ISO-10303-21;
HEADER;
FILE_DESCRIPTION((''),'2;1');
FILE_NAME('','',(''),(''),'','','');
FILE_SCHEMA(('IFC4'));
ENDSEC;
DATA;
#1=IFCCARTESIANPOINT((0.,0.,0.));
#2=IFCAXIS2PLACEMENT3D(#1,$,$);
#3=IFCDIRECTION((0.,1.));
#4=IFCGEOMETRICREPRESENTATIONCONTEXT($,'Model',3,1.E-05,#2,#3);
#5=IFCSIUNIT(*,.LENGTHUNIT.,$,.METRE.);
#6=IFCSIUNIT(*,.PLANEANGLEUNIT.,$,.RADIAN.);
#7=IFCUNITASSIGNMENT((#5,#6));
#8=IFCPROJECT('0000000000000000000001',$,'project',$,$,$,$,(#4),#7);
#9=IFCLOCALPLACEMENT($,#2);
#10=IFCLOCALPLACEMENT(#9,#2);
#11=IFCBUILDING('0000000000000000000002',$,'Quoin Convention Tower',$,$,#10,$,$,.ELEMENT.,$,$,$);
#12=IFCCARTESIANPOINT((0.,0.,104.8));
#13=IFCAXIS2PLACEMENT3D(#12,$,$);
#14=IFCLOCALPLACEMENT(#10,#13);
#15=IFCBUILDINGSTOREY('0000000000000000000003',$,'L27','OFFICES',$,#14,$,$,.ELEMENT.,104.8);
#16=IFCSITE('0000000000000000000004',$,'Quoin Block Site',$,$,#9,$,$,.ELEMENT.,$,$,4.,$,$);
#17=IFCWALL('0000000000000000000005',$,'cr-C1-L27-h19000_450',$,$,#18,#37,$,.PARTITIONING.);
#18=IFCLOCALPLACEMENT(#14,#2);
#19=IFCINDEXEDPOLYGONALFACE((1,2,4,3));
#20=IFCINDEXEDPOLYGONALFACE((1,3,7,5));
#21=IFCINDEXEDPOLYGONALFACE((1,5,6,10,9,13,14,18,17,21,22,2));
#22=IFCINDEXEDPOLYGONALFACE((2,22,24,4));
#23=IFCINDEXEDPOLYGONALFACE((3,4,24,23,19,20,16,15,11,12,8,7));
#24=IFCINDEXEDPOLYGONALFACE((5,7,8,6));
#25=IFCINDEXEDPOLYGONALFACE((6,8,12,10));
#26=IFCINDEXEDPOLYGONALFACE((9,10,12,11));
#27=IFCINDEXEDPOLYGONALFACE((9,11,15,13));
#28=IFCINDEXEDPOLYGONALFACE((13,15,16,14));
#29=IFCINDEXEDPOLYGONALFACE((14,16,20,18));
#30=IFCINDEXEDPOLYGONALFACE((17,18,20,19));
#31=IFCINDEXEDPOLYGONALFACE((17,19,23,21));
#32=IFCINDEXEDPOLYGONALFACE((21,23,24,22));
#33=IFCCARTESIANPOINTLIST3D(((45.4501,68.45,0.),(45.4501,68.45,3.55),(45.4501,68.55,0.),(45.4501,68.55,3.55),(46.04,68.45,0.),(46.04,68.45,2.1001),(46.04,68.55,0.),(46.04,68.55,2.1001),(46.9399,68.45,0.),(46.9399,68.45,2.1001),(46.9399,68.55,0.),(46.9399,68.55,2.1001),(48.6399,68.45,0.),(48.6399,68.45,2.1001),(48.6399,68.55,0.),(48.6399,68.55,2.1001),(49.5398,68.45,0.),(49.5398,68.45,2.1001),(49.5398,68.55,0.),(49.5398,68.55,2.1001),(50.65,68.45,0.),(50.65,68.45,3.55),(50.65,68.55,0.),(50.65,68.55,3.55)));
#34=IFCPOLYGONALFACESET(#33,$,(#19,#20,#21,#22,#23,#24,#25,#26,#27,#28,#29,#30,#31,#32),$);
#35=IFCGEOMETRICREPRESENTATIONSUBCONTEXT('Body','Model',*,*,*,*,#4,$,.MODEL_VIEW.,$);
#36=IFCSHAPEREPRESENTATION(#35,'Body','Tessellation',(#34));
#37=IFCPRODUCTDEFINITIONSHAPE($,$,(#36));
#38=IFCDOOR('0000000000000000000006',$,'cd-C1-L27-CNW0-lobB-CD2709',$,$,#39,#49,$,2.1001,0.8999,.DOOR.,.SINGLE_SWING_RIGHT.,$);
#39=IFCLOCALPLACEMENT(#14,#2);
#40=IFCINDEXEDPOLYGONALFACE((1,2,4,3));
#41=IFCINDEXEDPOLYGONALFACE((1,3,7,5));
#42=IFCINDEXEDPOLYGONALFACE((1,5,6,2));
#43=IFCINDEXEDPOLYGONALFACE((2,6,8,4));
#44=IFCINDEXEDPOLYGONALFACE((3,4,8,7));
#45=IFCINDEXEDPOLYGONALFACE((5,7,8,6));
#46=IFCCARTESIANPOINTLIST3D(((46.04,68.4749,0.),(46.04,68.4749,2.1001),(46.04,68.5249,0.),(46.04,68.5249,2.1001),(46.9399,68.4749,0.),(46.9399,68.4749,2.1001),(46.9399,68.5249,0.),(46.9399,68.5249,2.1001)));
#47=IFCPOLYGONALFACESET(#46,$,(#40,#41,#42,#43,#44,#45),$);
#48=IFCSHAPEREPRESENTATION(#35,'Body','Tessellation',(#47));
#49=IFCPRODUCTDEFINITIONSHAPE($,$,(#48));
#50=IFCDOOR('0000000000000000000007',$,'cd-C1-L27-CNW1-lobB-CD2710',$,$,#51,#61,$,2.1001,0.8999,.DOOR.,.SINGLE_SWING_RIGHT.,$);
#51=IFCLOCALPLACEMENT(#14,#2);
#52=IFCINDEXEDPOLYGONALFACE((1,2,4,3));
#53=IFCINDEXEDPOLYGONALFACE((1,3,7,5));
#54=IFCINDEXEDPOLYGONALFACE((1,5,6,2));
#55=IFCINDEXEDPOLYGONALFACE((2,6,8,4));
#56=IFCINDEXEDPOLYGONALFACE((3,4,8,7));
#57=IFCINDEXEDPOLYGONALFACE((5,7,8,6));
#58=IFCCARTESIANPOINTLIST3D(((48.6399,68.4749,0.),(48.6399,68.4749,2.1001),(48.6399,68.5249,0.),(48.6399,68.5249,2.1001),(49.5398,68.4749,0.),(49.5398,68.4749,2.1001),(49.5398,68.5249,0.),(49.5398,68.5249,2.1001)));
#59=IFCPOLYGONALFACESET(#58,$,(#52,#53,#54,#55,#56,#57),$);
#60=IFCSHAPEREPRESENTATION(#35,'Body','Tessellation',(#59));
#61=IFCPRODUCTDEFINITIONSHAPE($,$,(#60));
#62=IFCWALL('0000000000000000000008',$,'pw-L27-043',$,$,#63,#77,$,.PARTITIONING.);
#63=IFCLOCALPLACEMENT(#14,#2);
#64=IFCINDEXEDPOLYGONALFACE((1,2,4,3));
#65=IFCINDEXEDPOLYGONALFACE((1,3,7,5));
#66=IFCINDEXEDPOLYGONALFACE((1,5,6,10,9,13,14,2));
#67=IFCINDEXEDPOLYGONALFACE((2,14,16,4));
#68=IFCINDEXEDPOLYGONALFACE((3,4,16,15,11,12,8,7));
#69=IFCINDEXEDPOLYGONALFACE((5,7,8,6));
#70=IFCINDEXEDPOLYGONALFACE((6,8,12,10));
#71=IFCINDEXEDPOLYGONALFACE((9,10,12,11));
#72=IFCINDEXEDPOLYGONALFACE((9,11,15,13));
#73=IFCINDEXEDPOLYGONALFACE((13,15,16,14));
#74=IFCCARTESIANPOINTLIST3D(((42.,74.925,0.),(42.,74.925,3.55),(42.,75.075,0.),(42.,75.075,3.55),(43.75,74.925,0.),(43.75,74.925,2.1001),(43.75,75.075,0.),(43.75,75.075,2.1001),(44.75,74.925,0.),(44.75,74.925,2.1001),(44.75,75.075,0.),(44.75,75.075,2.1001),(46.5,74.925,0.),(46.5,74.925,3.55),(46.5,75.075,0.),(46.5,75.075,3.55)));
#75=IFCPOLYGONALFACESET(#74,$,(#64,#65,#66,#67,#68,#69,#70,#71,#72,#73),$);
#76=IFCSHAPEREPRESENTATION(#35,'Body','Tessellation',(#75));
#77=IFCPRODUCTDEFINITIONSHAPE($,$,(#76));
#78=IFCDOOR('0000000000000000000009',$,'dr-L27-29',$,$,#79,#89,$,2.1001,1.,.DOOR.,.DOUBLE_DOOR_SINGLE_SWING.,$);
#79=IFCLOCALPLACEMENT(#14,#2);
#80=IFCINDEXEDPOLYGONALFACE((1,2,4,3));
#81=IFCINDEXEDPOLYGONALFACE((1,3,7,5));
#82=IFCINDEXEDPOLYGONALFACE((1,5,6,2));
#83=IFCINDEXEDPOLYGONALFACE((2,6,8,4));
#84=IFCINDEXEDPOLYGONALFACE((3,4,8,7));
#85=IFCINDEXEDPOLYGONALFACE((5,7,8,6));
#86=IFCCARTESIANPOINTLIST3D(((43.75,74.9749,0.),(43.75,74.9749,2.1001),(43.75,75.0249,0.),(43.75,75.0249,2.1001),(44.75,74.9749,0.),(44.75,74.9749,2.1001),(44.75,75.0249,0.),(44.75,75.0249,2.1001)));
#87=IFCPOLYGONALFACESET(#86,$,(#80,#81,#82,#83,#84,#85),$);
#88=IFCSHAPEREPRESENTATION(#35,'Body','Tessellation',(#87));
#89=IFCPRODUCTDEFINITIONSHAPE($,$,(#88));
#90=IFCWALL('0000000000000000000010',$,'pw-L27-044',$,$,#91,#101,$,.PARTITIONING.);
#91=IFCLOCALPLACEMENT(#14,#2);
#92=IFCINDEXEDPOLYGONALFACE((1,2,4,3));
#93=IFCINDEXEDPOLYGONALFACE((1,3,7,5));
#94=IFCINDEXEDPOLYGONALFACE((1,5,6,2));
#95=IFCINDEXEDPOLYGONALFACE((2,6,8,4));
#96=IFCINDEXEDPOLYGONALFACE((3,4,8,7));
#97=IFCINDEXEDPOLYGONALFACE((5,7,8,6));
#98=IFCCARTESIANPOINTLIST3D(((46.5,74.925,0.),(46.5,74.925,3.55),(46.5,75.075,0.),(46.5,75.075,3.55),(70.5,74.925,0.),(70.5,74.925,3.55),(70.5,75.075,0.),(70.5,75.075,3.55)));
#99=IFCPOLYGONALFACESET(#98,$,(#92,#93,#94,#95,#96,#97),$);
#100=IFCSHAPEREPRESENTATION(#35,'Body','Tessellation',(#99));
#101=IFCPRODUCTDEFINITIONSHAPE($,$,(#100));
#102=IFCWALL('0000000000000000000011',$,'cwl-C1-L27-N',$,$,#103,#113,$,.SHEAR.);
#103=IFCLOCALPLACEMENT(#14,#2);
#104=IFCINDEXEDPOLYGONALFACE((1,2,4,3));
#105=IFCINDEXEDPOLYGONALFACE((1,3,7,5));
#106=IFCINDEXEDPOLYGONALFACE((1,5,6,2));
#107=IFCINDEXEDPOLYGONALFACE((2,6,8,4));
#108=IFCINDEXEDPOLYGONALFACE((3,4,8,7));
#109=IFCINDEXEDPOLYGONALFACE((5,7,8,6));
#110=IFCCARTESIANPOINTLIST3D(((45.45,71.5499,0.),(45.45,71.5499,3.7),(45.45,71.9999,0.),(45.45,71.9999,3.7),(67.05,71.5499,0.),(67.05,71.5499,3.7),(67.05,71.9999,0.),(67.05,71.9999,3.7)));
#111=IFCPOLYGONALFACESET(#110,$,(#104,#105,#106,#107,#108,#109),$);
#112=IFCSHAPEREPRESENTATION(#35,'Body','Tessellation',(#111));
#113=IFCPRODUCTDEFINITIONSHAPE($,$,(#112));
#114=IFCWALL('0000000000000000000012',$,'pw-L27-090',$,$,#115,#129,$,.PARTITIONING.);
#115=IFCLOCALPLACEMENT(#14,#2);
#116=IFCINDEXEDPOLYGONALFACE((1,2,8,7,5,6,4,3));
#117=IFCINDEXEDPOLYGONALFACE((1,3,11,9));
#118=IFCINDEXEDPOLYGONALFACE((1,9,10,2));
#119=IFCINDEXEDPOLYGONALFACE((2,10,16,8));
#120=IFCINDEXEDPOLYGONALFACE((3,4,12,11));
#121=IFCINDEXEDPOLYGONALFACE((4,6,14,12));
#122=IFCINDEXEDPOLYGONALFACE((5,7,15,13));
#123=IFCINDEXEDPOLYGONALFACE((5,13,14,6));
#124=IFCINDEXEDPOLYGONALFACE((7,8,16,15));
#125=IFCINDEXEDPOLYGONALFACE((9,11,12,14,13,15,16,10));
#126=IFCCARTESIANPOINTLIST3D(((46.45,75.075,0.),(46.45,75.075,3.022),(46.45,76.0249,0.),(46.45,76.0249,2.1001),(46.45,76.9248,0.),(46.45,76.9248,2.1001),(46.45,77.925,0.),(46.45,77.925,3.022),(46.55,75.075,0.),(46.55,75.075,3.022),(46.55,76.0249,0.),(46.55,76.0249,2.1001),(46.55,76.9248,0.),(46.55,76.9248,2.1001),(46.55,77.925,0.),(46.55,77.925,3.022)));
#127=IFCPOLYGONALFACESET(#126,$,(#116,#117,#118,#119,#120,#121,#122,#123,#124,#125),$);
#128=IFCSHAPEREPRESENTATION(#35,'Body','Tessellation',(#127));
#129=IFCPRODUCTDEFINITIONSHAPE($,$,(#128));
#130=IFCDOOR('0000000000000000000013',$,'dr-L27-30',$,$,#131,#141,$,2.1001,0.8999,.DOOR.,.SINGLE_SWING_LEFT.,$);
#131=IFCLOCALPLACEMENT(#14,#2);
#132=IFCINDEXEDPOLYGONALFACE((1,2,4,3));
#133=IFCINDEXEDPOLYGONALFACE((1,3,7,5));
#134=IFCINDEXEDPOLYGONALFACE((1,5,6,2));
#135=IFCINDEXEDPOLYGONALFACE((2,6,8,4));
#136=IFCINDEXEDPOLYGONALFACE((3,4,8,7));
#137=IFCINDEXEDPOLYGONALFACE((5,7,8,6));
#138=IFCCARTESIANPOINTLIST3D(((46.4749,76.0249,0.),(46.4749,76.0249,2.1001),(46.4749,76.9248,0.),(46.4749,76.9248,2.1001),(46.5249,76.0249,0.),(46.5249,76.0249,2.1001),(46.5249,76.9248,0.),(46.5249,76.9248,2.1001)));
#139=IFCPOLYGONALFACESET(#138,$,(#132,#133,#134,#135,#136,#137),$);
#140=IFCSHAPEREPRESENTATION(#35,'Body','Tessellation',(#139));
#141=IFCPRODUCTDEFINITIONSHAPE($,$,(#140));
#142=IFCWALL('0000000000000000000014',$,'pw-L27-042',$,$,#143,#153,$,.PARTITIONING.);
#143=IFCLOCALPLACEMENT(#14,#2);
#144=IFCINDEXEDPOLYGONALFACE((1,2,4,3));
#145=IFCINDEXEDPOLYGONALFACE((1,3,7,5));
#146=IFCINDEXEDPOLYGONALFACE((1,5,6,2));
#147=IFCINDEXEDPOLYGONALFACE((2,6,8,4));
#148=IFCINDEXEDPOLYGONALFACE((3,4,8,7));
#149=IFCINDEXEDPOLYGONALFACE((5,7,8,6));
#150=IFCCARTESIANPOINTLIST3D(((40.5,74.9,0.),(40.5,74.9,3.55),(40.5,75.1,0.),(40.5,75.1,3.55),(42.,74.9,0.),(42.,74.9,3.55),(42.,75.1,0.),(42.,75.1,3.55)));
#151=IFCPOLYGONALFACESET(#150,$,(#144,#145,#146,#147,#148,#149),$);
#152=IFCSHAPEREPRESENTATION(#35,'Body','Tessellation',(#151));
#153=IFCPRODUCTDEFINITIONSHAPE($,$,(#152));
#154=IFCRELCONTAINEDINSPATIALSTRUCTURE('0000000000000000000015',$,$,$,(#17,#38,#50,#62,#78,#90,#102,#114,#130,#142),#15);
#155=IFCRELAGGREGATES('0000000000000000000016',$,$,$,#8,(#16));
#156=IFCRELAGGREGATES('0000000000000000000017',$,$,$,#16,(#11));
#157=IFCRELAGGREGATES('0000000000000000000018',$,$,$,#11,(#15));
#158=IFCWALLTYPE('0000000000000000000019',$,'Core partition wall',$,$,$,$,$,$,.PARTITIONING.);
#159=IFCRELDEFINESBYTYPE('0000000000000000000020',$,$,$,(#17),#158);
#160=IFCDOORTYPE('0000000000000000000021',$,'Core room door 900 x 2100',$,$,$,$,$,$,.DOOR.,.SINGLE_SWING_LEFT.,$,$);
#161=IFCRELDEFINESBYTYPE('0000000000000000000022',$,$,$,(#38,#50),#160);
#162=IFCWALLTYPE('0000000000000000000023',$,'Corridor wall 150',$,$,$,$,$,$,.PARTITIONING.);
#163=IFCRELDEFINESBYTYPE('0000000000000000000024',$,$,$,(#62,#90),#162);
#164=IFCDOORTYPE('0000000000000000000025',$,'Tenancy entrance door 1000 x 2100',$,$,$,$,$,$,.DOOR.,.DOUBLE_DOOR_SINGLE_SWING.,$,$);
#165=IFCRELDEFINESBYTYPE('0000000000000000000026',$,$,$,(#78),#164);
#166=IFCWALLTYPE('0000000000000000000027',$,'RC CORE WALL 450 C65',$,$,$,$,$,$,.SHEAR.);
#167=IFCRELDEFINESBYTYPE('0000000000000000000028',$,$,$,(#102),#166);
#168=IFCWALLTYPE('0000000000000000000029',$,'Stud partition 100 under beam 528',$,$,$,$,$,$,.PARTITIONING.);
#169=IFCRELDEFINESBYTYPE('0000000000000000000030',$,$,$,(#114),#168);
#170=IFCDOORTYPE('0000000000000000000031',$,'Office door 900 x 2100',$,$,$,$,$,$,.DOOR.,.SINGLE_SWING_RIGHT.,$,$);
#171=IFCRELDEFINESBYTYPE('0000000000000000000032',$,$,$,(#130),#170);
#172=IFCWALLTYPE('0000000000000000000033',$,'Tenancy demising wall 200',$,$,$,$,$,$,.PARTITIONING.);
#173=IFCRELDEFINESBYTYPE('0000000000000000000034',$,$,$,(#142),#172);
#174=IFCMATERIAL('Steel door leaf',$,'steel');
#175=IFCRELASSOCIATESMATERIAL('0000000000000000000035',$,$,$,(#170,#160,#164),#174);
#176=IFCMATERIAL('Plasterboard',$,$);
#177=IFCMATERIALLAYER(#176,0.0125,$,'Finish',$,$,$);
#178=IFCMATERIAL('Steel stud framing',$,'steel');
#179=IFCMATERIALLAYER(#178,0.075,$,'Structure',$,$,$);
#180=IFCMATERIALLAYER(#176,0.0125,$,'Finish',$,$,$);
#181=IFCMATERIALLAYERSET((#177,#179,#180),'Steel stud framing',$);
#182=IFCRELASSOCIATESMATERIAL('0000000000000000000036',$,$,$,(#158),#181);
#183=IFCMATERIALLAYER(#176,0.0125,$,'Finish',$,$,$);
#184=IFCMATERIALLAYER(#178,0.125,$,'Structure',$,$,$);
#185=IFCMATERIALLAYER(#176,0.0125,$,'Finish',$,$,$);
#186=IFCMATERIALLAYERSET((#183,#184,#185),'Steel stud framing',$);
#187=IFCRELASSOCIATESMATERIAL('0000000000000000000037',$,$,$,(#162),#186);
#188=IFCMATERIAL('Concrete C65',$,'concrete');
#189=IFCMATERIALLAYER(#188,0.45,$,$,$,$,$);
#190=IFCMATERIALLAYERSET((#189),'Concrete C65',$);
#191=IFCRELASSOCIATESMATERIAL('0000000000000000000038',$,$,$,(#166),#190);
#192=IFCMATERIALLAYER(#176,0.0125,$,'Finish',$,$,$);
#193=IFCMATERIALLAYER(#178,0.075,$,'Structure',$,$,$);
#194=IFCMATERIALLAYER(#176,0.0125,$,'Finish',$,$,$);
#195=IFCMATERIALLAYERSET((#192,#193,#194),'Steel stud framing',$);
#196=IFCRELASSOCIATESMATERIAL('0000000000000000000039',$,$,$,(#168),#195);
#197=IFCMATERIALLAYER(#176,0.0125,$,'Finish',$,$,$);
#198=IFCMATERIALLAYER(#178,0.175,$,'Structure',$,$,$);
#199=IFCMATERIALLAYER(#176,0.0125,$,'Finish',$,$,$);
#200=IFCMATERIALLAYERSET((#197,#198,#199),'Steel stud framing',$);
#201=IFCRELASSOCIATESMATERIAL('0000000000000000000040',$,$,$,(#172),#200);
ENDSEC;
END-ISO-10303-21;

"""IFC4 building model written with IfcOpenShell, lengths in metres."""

from ifc_helpers import new_model, si_unit, direction, frame, frame_2d, origin, place, context, subcontext, project, spatial, rectangle, extrude, material, layer, layer_set, type_object, element, fill, save


model = new_model("IFC4")

# Units and contexts
model_context = context("Model", 3, precision=1e-05, world=origin(), true_north=direction((0.0, 1.0)))
body_context = subcontext(model_context, "Body", "Model", "MODEL_VIEW")
ifc_project = project(units=[si_unit("LENGTHUNIT", "METRE"), si_unit("PLANEANGLEUNIT", "RADIAN")], contexts=[model_context])

# Site, building, storey
site_placement = place(None, origin())
site = spatial("IfcSite", under=ifc_project, at=site_placement, Name="Quoin Block Site", CompositionType="ELEMENT", RefElevation=4.0)
building_placement = place(site_placement, origin())
building = spatial("IfcBuilding", under=site, at=building_placement, Name="Quoin Convention Tower", CompositionType="ELEMENT")
storey_placement = place(building_placement, frame((0.0, 0.0, 104.8)))
storey = spatial("IfcBuildingStorey", under=building, at=storey_placement, Name="L27", Description="OFFICES", CompositionType="ELEMENT", Elevation=104.8)

# Shared definitions
ifc_material_1 = material(Name="Concrete C65", Category="concrete")

# Shared definitions
ifc_material_2 = material(Name="Plasterboard")
ifc_material_3 = material(Name="Steel stud framing", Category="steel")

# Shared definitions
ifc_material_4 = material(Name="Steel door leaf", Category="steel")
door_type_1 = type_object("IfcDoorType", Name="Office door 900 x 2100", OperationType="SINGLE_SWING_RIGHT", PredefinedType="DOOR", material=ifc_material_4)

# Wall, openings, doors
ifc_layer_1 = layer(ifc_material_2, 0.0125, Name="Finish")
ifc_layer_2 = layer(ifc_material_3, 0.075, Name="Structure")
ifc_layer_3 = layer(ifc_material_2, 0.0125, Name="Finish")
ifc_layer_set_1 = layer_set([ifc_layer_1, ifc_layer_2, ifc_layer_3], Name="Steel stud framing")
wall_type_1 = type_object("IfcWallType", Name="Core partition wall", PredefinedType="PARTITIONING", material=ifc_layer_set_1)
wall_1_placement = place(storey_placement, frame((45.45, 68.5, 0.0), z_axis=(0.0, 0.0, 1.0), x_axis=(1.0, 0.0, 0.0)))
wall_1 = element("IfcWall", 1, at=wall_1_placement, inside=storey, type_object=wall_type_1, Name="cr-C1-L27-h19000_450", PredefinedType="PARTITIONING", context=body_context, shape_type="SweptSolid", body=[
    extrude(rectangle(XDim=5.2, YDim=0.1001, at=frame_2d((2.6001, 0.0))), origin(), (0.0, 0.0, 1.0), 3.55),
])
opening_1_placement = place(wall_1_placement, frame((0.5901, 0.0, 0.0)))
opening_1 = element("IfcOpeningElement", 2, at=opening_1_placement, cuts=wall_1, PredefinedType="OPENING", context=body_context, shape_type="SweptSolid", body=[
    extrude(rectangle(XDim=0.8999, YDim=2.1001, at=frame_2d((0.45, 1.05))), frame((0.0, 0.0601, 0.0), z_axis=(0.0, -1.0, 0.0), x_axis=(1.0, 0.0, 0.0)), (0.0, 0.0, 1.0), 0.1201),
])
opening_2_placement = place(wall_1_placement, frame((3.1899, 0.0, 0.0)))
opening_2 = element("IfcOpeningElement", 3, at=opening_2_placement, cuts=wall_1, PredefinedType="OPENING", context=body_context, shape_type="SweptSolid", body=[
    extrude(rectangle(XDim=0.8999, YDim=2.1001, at=frame_2d((0.45, 1.05))), frame((0.0, 0.0601, 0.0), z_axis=(0.0, -1.0, 0.0), x_axis=(1.0, 0.0, 0.0)), (0.0, 0.0, 1.0), 0.1201),
])
door_type_2 = type_object("IfcDoorType", Name="Core room door 900 x 2100", OperationType="SINGLE_SWING_LEFT", PredefinedType="DOOR", material=ifc_material_4)
door_1_placement = place(opening_1_placement, origin())
door_1 = element("IfcDoor", 4, at=door_1_placement, inside=storey, type_object=door_type_2, Name="cd-C1-L27-CNW0-lobB-CD2709", OperationType="SINGLE_SWING_RIGHT", OverallHeight=2.1001, OverallWidth=0.8999, PredefinedType="DOOR", context=body_context, shape_type="SweptSolid", body=[
    extrude(rectangle(XDim=0.8999, YDim=2.1001, at=frame_2d((0.45, 1.05))), frame((0.0, 0.0249, 0.0), z_axis=(0.0, -1.0, 0.0), x_axis=(1.0, 0.0, 0.0)), (0.0, 0.0, 1.0), 0.05),
])
fill(opening_1, door_1)
door_2_placement = place(opening_2_placement, origin())
door_2 = element("IfcDoor", 5, at=door_2_placement, inside=storey, type_object=door_type_2, Name="cd-C1-L27-CNW1-lobB-CD2710", OperationType="SINGLE_SWING_RIGHT", OverallHeight=2.1001, OverallWidth=0.8999, PredefinedType="DOOR", context=body_context, shape_type="SweptSolid", body=[
    extrude(rectangle(XDim=0.8999, YDim=2.1001, at=frame_2d((0.45, 1.05))), frame((0.0, 0.0249, 0.0), z_axis=(0.0, -1.0, 0.0), x_axis=(1.0, 0.0, 0.0)), (0.0, 0.0, 1.0), 0.05),
])
fill(opening_2, door_2)

# Wall, opening, door
ifc_layer_4 = layer(ifc_material_2, 0.0125, Name="Finish")
ifc_layer_5 = layer(ifc_material_3, 0.125, Name="Structure")
ifc_layer_6 = layer(ifc_material_2, 0.0125, Name="Finish")
ifc_layer_set_2 = layer_set([ifc_layer_4, ifc_layer_5, ifc_layer_6], Name="Steel stud framing")
wall_type_2 = type_object("IfcWallType", Name="Corridor wall 150", PredefinedType="PARTITIONING", material=ifc_layer_set_2)
wall_2_placement = place(storey_placement, frame((42.0, 75.0, 0.0), z_axis=(0.0, 0.0, 1.0), x_axis=(1.0, 0.0, 0.0)))
wall_2 = element("IfcWall", 6, at=wall_2_placement, inside=storey, type_object=wall_type_2, Name="pw-L27-043", PredefinedType="PARTITIONING", context=body_context, shape_type="SweptSolid", body=[
    extrude(rectangle(XDim=4.5, YDim=0.1499, at=frame_2d((2.25, 0.0))), origin(), (0.0, 0.0, 1.0), 3.55),
])
opening_3_placement = place(wall_2_placement, frame((1.75, 0.0, 0.0)))
opening_3 = element("IfcOpeningElement", 7, at=opening_3_placement, cuts=wall_2, PredefinedType="OPENING", context=body_context, shape_type="SweptSolid", body=[
    extrude(rectangle(XDim=1.0, YDim=2.1001, at=frame_2d((0.5, 1.05))), frame((0.0, 0.085, 0.0), z_axis=(0.0, -1.0, 0.0), x_axis=(1.0, 0.0, 0.0)), (0.0, 0.0, 1.0), 0.1699),
])
door_type_3 = type_object("IfcDoorType", Name="Tenancy entrance door 1000 x 2100", OperationType="DOUBLE_DOOR_SINGLE_SWING", PredefinedType="DOOR", material=ifc_material_4)
door_3_placement = place(opening_3_placement, origin())
door_3 = element("IfcDoor", 8, at=door_3_placement, inside=storey, type_object=door_type_3, Name="dr-L27-29", OperationType="DOUBLE_DOOR_SINGLE_SWING", OverallHeight=2.1001, OverallWidth=1.0, PredefinedType="DOOR", context=body_context, shape_type="SweptSolid", body=[
    extrude(rectangle(XDim=1.0, YDim=2.1001, at=frame_2d((0.5, 1.05))), frame((0.0, 0.0249, 0.0), z_axis=(0.0, -1.0, 0.0), x_axis=(1.0, 0.0, 0.0)), (0.0, 0.0, 1.0), 0.05),
])
fill(opening_3, door_3)

# Walls
wall_3_placement = place(storey_placement, frame((46.5, 75.0, 0.0), z_axis=(0.0, 0.0, 1.0), x_axis=(1.0, 0.0, 0.0)))
element("IfcWall", 9, at=wall_3_placement, inside=storey, type_object=wall_type_2, Name="pw-L27-044", PredefinedType="PARTITIONING", context=body_context, shape_type="SweptSolid", body=[
    extrude(rectangle(XDim=24.0, YDim=0.1499, at=frame_2d((12.0, 0.0))), origin(), (0.0, 0.0, 1.0), 3.55),
])
ifc_layer_7 = layer(ifc_material_1, 0.45)
ifc_layer_set_3 = layer_set([ifc_layer_7], Name="Concrete C65")
wall_type_3 = type_object("IfcWallType", Name="RC CORE WALL 450 C65", PredefinedType="SHEAR", material=ifc_layer_set_3)
wall_4_placement = place(storey_placement, frame((45.45, 71.7749, 0.0), z_axis=(0.0, 0.0, 1.0), x_axis=(1.0, 0.0, 0.0)))
element("IfcWall", 10, at=wall_4_placement, inside=storey, type_object=wall_type_3, Name="cwl-C1-L27-N", PredefinedType="SHEAR", context=body_context, shape_type="SweptSolid", body=[
    extrude(rectangle(XDim=21.6001, YDim=0.45, at=frame_2d((10.8, 0.0))), origin(), (0.0, 0.0, 1.0), 3.7),
])

# Wall, opening, door
ifc_layer_8 = layer(ifc_material_2, 0.0125, Name="Finish")
ifc_layer_9 = layer(ifc_material_3, 0.075, Name="Structure")
ifc_layer_10 = layer(ifc_material_2, 0.0125, Name="Finish")
ifc_layer_set_4 = layer_set([ifc_layer_8, ifc_layer_9, ifc_layer_10], Name="Steel stud framing")
wall_type_4 = type_object("IfcWallType", Name="Stud partition 100 under beam 528", PredefinedType="PARTITIONING", material=ifc_layer_set_4)
wall_5_placement = place(storey_placement, frame((46.5, 75.075, 0.0), z_axis=(0.0, 0.0, 1.0), x_axis=(0.0, 1.0, 0.0)))
wall_5 = element("IfcWall", 11, at=wall_5_placement, inside=storey, type_object=wall_type_4, Name="pw-L27-090", PredefinedType="PARTITIONING", context=body_context, shape_type="SweptSolid", body=[
    extrude(rectangle(XDim=2.8501, YDim=0.1001, at=frame_2d((1.425, 0.0))), origin(), (0.0, 0.0, 1.0), 3.022),
])
opening_4_placement = place(wall_5_placement, frame((0.95, 0.0, 0.0)))
opening_4 = element("IfcOpeningElement", 12, at=opening_4_placement, cuts=wall_5, PredefinedType="OPENING", context=body_context, shape_type="SweptSolid", body=[
    extrude(rectangle(XDim=0.8999, YDim=2.1001, at=frame_2d((0.45, 1.05))), frame((0.0, 0.0601, 0.0), z_axis=(0.0, -1.0, 0.0), x_axis=(1.0, 0.0, 0.0)), (0.0, 0.0, 1.0), 0.1201),
])
door_4_placement = place(opening_4_placement, frame((0.8999, 0.0, 0.0), z_axis=(0.0, 0.0, 1.0), x_axis=(-1.0, 0.0, 0.0)))
door_4 = element("IfcDoor", 13, at=door_4_placement, inside=storey, type_object=door_type_1, Name="dr-L27-30", OperationType="SINGLE_SWING_LEFT", OverallHeight=2.1001, OverallWidth=0.8999, PredefinedType="DOOR", context=body_context, shape_type="SweptSolid", body=[
    extrude(rectangle(XDim=0.8999, YDim=2.1001, at=frame_2d((0.45, 1.05))), frame((0.0, 0.0249, 0.0), z_axis=(0.0, -1.0, 0.0), x_axis=(1.0, 0.0, 0.0)), (0.0, 0.0, 1.0), 0.05),
])
fill(opening_4, door_4)

# Wall
ifc_layer_11 = layer(ifc_material_2, 0.0125, Name="Finish")
ifc_layer_12 = layer(ifc_material_3, 0.175, Name="Structure")
ifc_layer_13 = layer(ifc_material_2, 0.0125, Name="Finish")
ifc_layer_set_5 = layer_set([ifc_layer_11, ifc_layer_12, ifc_layer_13], Name="Steel stud framing")
wall_type_5 = type_object("IfcWallType", Name="Tenancy demising wall 200", PredefinedType="PARTITIONING", material=ifc_layer_set_5)
wall_6_placement = place(storey_placement, frame((40.5, 75.0, 0.0), z_axis=(0.0, 0.0, 1.0), x_axis=(1.0, 0.0, 0.0)))
element("IfcWall", 14, at=wall_6_placement, inside=storey, type_object=wall_type_5, Name="pw-L27-042", PredefinedType="PARTITIONING", context=body_context, shape_type="SweptSolid", body=[
    extrude(rectangle(XDim=1.5, YDim=0.2, at=frame_2d((0.75, 0.0))), origin(), (0.0, 0.0, 1.0), 3.55),
])

save(model, "model.ifc")
